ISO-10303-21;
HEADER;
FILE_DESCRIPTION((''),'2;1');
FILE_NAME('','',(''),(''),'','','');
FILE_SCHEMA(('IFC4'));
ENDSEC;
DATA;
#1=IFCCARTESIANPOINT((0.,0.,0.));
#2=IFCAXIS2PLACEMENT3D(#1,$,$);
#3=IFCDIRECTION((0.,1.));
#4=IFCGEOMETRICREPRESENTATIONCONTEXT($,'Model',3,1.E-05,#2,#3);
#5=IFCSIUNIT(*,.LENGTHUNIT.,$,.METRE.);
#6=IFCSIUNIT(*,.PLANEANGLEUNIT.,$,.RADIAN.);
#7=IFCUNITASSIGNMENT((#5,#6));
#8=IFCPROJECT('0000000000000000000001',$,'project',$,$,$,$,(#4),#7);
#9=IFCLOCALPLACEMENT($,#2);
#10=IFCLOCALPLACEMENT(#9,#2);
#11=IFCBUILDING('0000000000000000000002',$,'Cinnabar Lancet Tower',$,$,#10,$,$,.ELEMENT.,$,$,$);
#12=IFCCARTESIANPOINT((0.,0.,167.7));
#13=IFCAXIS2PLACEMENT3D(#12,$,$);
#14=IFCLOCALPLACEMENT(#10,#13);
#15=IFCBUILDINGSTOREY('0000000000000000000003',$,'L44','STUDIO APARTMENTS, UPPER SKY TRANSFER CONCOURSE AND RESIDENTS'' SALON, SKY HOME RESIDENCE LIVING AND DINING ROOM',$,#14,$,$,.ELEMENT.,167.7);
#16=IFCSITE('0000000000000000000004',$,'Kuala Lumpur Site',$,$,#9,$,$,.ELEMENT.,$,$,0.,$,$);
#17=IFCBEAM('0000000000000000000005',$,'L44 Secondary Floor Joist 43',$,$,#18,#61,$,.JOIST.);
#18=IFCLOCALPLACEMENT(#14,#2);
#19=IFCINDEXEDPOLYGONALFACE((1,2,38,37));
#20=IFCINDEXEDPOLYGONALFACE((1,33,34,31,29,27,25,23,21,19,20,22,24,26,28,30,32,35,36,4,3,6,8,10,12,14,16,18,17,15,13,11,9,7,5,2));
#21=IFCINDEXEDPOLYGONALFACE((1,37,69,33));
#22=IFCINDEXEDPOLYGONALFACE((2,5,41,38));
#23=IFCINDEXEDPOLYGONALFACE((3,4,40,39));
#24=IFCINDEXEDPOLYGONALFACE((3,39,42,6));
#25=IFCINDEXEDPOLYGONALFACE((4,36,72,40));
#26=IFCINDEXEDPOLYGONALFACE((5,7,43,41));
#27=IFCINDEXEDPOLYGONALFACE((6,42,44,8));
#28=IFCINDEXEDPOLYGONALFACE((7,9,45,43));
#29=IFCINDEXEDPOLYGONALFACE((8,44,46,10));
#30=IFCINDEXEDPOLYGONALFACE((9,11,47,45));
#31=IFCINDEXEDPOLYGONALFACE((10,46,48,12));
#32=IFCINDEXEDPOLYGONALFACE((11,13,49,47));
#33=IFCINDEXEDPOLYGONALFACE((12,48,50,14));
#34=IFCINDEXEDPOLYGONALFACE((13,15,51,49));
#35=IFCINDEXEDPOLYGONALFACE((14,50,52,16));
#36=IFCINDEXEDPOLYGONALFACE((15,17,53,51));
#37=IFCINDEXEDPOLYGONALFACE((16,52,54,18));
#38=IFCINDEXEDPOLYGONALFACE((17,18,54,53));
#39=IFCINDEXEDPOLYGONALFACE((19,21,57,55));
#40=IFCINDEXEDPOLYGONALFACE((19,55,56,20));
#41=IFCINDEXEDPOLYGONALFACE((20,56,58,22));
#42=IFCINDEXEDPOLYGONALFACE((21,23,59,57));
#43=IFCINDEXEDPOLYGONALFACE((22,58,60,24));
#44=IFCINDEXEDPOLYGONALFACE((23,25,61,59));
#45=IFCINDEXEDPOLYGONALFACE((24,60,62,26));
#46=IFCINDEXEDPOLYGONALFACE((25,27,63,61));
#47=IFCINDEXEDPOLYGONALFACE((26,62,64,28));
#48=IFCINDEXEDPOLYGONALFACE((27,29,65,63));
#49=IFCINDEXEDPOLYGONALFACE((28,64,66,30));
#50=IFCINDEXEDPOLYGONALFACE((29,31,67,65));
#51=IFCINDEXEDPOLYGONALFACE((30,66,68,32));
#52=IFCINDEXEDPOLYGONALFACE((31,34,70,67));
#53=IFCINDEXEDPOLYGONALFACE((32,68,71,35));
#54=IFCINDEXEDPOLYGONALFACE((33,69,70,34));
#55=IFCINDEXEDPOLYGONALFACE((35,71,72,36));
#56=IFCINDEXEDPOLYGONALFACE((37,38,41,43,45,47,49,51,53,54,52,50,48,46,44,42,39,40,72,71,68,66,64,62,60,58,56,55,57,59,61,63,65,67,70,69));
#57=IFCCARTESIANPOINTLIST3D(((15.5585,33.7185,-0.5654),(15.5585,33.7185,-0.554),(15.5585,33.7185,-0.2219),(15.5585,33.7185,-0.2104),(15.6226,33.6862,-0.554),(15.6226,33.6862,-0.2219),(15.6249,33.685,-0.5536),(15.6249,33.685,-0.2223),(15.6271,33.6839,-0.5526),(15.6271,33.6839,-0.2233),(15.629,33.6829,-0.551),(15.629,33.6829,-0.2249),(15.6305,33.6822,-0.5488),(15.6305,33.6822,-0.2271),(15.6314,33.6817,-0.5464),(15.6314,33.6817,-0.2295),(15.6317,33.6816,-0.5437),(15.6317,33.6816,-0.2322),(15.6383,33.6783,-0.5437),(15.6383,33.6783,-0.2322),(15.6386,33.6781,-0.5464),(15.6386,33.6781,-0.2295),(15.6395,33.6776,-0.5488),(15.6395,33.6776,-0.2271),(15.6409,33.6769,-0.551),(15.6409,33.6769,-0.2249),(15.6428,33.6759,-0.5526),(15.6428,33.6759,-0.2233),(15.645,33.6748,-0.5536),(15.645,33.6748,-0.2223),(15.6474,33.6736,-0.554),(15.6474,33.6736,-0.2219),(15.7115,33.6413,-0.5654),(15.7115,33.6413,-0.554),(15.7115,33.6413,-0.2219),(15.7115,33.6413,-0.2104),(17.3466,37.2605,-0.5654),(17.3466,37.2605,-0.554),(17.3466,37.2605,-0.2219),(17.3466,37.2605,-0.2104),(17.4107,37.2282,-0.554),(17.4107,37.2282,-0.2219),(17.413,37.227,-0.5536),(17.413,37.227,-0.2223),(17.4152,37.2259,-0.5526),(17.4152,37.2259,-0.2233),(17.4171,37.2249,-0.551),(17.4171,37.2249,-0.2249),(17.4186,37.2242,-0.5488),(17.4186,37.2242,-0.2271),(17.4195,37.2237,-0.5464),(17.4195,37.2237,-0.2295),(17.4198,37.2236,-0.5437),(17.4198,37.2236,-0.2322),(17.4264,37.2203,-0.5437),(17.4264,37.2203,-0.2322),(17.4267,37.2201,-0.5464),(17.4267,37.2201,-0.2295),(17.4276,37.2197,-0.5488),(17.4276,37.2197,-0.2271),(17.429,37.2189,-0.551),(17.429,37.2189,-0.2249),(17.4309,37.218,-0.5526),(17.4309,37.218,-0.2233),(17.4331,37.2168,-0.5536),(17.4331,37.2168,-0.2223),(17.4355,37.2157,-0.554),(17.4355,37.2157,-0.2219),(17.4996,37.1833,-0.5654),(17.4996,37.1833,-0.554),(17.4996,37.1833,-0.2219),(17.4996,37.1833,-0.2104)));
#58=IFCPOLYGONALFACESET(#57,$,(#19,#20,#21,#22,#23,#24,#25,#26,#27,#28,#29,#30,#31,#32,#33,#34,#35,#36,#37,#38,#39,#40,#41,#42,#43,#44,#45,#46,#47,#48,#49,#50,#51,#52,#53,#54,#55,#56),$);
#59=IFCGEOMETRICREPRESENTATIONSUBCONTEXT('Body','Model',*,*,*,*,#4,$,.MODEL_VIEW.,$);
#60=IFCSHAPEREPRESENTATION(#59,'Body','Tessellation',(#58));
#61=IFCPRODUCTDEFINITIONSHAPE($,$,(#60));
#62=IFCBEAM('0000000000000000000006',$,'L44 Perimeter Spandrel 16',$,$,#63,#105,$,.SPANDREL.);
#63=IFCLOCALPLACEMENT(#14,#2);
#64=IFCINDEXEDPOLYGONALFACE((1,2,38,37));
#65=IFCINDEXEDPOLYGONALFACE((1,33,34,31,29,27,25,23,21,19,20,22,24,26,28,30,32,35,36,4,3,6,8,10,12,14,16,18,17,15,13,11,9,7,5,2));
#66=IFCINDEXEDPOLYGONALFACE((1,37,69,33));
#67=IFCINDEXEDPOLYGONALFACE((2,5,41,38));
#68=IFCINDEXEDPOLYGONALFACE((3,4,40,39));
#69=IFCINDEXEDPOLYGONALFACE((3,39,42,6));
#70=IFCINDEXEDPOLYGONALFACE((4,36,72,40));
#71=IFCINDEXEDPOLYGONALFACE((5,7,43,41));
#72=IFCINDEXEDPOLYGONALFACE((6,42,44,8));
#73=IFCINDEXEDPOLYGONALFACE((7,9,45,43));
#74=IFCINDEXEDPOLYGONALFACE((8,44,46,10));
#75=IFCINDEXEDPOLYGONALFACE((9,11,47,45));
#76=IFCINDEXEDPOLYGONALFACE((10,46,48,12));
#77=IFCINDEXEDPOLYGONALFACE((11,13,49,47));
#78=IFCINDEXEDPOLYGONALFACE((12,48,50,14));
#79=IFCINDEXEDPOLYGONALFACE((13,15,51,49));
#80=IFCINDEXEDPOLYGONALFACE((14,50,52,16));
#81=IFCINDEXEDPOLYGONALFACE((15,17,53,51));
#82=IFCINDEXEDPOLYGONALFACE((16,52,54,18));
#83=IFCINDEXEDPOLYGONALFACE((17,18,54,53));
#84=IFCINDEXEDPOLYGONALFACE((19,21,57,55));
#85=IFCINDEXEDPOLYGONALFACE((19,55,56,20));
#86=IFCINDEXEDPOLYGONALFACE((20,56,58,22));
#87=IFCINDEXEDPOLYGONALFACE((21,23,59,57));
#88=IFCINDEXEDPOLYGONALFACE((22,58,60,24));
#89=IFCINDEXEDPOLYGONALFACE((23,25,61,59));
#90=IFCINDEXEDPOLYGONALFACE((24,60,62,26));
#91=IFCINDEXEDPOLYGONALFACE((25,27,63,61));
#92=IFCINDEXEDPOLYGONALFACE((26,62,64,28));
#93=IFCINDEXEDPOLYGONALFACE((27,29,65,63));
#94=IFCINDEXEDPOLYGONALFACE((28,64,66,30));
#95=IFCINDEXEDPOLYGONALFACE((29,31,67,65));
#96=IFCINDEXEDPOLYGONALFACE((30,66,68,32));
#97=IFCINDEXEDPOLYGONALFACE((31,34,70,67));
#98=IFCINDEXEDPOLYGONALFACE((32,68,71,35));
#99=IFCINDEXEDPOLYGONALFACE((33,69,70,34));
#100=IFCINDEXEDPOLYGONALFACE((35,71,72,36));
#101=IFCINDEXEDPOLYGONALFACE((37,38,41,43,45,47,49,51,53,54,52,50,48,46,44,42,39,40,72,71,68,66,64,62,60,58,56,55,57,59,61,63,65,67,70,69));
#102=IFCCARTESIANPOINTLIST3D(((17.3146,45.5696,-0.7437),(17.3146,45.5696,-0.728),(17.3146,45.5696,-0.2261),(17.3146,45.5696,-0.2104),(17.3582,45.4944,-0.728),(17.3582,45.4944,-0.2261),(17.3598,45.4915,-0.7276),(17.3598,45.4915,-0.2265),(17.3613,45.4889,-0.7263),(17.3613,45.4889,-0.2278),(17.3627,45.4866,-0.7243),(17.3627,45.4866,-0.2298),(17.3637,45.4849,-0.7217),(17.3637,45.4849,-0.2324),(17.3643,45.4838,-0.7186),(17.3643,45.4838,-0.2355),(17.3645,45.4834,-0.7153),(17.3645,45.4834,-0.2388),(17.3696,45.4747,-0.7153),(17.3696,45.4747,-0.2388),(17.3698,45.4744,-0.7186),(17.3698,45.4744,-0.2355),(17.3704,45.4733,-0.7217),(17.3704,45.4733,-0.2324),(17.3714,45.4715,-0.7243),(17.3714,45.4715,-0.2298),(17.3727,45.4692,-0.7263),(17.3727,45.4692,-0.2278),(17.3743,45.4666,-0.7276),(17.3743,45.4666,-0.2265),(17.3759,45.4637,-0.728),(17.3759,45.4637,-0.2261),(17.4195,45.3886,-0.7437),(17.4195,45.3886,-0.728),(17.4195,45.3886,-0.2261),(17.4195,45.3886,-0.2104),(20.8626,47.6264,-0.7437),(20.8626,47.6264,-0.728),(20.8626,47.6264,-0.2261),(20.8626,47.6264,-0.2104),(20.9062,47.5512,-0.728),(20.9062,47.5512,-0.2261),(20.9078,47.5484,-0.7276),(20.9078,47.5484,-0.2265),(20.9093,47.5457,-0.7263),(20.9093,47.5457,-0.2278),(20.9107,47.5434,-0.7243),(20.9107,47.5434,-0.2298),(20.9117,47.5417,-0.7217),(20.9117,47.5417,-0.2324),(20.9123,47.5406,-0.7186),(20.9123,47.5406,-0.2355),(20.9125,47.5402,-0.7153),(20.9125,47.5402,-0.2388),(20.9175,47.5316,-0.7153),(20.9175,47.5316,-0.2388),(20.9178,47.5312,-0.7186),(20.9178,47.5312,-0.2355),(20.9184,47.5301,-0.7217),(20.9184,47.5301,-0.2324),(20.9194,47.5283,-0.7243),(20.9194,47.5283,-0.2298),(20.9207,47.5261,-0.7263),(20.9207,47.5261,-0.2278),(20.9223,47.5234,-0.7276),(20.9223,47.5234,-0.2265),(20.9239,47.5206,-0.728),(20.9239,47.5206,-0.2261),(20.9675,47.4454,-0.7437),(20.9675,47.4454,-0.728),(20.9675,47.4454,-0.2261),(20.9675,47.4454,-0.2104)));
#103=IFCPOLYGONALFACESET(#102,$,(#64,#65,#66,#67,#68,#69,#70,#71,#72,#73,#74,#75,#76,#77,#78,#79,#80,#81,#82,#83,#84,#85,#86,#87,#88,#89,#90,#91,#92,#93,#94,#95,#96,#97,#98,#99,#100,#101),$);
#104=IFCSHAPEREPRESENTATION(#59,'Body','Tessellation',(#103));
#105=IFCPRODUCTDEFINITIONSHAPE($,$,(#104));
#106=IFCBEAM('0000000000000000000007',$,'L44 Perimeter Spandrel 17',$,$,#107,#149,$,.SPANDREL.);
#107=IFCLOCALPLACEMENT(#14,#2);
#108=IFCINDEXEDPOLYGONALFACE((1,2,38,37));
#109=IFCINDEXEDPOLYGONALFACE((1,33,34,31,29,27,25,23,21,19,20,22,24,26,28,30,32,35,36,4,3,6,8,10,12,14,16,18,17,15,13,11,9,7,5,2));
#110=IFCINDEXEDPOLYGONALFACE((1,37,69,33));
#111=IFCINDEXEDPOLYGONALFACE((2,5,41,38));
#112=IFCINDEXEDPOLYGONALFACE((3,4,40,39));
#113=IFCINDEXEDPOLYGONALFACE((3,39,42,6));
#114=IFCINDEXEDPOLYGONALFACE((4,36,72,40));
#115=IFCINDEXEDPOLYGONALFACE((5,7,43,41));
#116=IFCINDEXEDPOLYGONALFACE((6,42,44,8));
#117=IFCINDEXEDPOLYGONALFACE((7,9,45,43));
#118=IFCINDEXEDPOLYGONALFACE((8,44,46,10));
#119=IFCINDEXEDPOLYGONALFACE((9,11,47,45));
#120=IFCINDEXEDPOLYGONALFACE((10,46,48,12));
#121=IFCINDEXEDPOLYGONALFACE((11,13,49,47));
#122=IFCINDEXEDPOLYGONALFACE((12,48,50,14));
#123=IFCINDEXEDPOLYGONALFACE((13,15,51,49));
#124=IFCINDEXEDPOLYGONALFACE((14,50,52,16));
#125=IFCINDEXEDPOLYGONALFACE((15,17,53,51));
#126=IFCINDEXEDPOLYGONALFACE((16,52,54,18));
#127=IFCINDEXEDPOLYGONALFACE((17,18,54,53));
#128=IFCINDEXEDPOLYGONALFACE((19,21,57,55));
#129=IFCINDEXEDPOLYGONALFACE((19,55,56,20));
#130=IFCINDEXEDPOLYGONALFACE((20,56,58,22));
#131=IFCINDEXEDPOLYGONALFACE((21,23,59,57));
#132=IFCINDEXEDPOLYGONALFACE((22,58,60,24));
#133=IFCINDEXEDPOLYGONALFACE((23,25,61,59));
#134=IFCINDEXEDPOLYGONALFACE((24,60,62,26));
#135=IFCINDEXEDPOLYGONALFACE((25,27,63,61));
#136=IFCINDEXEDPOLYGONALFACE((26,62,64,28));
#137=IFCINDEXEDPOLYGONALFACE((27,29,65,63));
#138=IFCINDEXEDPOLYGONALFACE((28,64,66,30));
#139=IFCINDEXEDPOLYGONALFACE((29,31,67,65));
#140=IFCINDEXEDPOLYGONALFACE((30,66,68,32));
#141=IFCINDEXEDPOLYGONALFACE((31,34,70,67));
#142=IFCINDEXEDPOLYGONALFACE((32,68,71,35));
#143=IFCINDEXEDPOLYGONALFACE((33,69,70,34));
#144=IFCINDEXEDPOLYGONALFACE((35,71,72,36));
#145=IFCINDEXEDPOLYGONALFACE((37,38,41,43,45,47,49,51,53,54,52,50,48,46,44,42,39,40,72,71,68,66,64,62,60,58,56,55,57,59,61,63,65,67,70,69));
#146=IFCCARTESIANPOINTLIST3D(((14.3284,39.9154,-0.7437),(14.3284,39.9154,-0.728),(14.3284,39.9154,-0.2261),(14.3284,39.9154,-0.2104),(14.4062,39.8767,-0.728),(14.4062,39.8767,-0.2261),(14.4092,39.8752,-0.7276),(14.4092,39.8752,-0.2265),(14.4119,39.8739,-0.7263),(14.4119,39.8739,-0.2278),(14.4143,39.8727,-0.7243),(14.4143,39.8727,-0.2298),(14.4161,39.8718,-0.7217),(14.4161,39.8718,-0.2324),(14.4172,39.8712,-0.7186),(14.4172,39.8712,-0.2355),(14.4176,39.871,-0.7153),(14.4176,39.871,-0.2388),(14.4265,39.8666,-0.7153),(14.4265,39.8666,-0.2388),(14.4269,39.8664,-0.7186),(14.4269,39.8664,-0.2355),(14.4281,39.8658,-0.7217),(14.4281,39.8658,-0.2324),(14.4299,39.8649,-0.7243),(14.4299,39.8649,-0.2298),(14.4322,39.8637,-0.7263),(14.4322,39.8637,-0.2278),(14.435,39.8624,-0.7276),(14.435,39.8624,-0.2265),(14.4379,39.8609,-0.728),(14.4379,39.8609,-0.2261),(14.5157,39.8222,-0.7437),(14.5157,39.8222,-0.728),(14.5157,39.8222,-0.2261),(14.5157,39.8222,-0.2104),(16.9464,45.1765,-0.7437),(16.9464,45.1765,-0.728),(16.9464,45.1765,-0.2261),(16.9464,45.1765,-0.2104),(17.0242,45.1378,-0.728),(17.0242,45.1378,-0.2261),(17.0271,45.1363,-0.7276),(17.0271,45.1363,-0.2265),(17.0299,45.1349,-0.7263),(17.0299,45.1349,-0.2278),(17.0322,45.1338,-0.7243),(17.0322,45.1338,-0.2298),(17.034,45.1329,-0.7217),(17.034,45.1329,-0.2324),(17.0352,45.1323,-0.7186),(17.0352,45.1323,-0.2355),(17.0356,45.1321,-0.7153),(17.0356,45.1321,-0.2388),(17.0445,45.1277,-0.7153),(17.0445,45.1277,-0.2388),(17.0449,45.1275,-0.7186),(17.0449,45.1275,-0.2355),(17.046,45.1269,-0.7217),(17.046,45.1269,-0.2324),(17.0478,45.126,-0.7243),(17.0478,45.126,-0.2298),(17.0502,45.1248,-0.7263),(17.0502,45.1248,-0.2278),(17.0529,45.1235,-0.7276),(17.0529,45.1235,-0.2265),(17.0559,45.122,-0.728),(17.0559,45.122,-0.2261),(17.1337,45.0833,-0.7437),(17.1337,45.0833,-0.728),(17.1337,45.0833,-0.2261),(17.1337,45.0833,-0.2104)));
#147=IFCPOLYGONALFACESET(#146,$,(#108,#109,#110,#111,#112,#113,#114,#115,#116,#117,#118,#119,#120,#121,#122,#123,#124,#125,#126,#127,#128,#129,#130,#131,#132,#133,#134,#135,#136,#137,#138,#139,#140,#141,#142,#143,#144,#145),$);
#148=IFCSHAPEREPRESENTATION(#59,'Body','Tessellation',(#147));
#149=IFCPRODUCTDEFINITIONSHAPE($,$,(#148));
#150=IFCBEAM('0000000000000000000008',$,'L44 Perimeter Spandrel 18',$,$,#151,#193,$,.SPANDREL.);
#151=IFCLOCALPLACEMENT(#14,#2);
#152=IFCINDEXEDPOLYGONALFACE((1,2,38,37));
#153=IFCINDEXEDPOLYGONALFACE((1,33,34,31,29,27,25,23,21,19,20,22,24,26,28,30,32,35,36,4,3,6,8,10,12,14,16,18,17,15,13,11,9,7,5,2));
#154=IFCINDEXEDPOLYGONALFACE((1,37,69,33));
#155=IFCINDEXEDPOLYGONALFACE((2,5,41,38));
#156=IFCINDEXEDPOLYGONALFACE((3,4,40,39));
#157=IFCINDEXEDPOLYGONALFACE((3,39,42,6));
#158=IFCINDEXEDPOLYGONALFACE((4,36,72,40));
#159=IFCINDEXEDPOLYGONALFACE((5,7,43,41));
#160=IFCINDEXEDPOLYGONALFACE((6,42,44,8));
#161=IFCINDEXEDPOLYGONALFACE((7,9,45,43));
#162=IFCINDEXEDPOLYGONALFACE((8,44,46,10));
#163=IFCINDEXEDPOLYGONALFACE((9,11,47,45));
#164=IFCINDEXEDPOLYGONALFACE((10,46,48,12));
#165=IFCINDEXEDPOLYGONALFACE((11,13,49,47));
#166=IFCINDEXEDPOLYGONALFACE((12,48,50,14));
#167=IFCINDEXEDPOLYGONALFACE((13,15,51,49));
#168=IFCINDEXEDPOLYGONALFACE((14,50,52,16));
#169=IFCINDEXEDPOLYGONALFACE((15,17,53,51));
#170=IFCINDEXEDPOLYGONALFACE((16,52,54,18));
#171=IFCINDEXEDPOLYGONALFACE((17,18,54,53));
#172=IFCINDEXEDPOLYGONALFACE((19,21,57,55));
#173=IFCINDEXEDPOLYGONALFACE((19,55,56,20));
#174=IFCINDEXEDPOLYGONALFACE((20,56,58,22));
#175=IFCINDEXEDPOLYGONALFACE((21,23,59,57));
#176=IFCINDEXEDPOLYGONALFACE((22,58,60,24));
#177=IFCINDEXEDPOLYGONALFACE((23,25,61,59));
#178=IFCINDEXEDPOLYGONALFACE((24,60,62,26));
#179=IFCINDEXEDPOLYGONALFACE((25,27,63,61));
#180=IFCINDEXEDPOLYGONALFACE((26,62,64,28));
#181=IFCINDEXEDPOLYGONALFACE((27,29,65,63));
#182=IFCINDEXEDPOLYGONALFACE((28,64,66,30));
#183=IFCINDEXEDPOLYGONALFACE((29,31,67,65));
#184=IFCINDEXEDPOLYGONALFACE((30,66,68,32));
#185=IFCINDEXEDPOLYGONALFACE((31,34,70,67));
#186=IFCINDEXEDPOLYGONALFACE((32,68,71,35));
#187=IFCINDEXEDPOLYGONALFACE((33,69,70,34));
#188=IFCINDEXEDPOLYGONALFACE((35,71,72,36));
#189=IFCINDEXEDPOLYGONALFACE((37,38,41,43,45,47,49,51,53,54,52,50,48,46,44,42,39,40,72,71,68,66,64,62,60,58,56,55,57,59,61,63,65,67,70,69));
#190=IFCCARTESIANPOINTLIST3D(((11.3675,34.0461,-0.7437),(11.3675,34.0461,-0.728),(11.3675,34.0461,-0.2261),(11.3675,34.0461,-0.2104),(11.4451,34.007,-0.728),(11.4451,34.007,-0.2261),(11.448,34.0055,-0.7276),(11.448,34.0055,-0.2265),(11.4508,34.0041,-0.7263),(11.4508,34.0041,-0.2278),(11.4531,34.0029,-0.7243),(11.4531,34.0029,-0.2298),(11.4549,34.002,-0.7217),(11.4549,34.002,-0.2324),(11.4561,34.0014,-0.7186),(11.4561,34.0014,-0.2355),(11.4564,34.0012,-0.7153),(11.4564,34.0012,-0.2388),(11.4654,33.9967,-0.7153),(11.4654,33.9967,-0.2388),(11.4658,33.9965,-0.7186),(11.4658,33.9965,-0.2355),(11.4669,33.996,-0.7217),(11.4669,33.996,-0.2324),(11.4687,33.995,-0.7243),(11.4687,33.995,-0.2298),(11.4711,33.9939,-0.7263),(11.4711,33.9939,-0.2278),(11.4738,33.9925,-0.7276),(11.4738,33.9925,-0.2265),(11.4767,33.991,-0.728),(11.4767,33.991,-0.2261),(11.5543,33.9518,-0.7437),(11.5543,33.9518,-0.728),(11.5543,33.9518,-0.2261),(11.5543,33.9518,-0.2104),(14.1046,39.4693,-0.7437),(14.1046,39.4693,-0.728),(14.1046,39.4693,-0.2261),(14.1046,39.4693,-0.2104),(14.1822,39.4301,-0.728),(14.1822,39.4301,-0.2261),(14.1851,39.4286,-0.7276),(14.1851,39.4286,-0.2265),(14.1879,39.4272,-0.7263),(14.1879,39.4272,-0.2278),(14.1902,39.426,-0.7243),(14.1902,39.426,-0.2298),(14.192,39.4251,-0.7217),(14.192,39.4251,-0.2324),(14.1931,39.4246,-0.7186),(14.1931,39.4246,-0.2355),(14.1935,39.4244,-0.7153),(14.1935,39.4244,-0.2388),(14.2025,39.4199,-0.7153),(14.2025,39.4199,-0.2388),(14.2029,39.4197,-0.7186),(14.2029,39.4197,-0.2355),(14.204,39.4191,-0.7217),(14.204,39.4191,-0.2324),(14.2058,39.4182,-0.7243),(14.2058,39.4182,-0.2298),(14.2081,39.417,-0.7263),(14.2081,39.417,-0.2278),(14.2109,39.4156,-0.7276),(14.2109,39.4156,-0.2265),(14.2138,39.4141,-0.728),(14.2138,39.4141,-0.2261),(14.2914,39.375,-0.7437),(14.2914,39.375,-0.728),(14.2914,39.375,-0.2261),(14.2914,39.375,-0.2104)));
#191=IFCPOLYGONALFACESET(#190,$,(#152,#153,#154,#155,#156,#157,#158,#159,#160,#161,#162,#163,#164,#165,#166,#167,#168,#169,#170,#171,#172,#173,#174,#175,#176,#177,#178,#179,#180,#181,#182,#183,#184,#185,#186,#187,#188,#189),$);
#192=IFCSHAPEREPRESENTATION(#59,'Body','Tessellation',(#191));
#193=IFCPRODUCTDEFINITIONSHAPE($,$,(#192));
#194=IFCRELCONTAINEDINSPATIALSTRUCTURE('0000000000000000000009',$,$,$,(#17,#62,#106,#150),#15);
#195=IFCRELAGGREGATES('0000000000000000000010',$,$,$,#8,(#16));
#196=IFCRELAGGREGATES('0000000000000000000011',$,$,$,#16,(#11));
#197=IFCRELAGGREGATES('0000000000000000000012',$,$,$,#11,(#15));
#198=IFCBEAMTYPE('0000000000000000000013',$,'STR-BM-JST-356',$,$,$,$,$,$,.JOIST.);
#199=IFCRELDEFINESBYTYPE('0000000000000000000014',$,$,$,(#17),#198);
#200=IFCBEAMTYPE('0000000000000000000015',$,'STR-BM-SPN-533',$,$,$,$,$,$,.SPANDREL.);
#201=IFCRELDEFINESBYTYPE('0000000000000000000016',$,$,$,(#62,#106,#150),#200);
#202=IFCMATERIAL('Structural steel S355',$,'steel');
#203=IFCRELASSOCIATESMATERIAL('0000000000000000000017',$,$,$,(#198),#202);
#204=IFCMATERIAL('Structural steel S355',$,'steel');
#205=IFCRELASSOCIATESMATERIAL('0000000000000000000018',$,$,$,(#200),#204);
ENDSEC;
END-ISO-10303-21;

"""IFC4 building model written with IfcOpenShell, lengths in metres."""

from ifc_helpers import new_model, si_unit, direction, frame, origin, origin_2d, place, context, subcontext, project, spatial, i_section, extrude, material, material_profile, profile_set, type_object, element, save


model = new_model("IFC4")

# Units and contexts
model_context = context("Model", 3, precision=1e-05, world=origin(), true_north=direction((0.0, 1.0)))
body_context = subcontext(model_context, "Body", "Model", "MODEL_VIEW")
ifc_project = project(units=[si_unit("LENGTHUNIT", "METRE"), si_unit("PLANEANGLEUNIT", "RADIAN")], contexts=[model_context])

# Site, building, storey
site_placement = place(None, origin())
site = spatial("IfcSite", under=ifc_project, at=site_placement, Name="Kuala Lumpur Site", CompositionType="ELEMENT", RefElevation=0.0)
building_placement = place(site_placement, origin())
building = spatial("IfcBuilding", under=site, at=building_placement, Name="Cinnabar Lancet Tower", CompositionType="ELEMENT")
storey_placement = place(building_placement, frame((0.0, 0.0, 167.7)))
storey = spatial("IfcBuildingStorey", under=building, at=storey_placement, Name="L44", Description="STUDIO APARTMENTS, UPPER SKY TRANSFER CONCOURSE AND RESIDENTS' SALON, SKY HOME RESIDENCE LIVING AND DINING ROOM", CompositionType="ELEMENT", Elevation=167.7)

# Beams
ifc_material_1 = material(Name="Structural steel S355", Category="steel")
ifc_material_profile_1 = material_profile(ifc_material_1, i_section(OverallWidth=0.1714, OverallDepth=0.355, WebThickness=0.0073, FlangeThickness=0.0115, FilletRadius=0.0103, at=origin_2d()), Name="UKB 356x171x51")
ifc_profile_set_1 = profile_set([ifc_material_profile_1], Name="Structural steel S355")
beam_type_1 = type_object("IfcBeamType", Name="STR-BM-JST-356", PredefinedType="JOIST", material=ifc_profile_set_1)
beam_1_placement = place(storey_placement, frame((17.4231, 37.2219, -0.3879), z_axis=(-0.450656, -0.892698, 0.0), x_axis=(0.892698, -0.450656, 0.0)))
element("IfcBeam", 1, at=beam_1_placement, inside=storey, type_object=beam_type_1, Name="L44 Secondary Floor Joist 43", PredefinedType="JOIST", context=body_context, shape_type="SweptSolid", body=[
    extrude(i_section(OverallWidth=0.1714, OverallDepth=0.355, WebThickness=0.0073, FlangeThickness=0.0115, FilletRadius=0.0103, at=origin_2d()), origin(), (0.0, 0.0, 1.0), 3.9678),
])
ifc_material_2 = material(Name="Structural steel S355", Category="steel")
ifc_material_profile_2 = material_profile(ifc_material_2, i_section(OverallWidth=0.2092, OverallDepth=0.5332, WebThickness=0.01, FlangeThickness=0.0156, FilletRadius=0.0127, at=origin_2d()), Name="UKB 533x210x92")
ifc_profile_set_2 = profile_set([ifc_material_profile_2], Name="Structural steel S355")
beam_type_2 = type_object("IfcBeamType", Name="STR-BM-SPN-533", PredefinedType="SPANDREL", material=ifc_profile_set_2)
beam_2_placement = place(storey_placement, frame((20.915, 47.5359, -0.4771), z_axis=(-0.865138, -0.501534, 0.0), x_axis=(0.501534, -0.865138, 0.0)))
element("IfcBeam", 2, at=beam_2_placement, inside=storey, type_object=beam_type_2, Name="L44 Perimeter Spandrel 16", PredefinedType="SPANDREL", context=body_context, shape_type="SweptSolid", body=[
    extrude(i_section(OverallWidth=0.2092, OverallDepth=0.5332, WebThickness=0.01, FlangeThickness=0.0156, FilletRadius=0.0127, at=origin_2d()), origin(), (0.0, 0.0, 1.0), 4.1011),
])
beam_3_placement = place(storey_placement, frame((17.04, 45.1299, -0.4771), z_axis=(-0.445501, -0.895281, 0.0), x_axis=(0.895281, -0.445501, 0.0)))
element("IfcBeam", 3, at=beam_3_placement, inside=storey, type_object=beam_type_2, Name="L44 Perimeter Spandrel 17", PredefinedType="SPANDREL", context=body_context, shape_type="SweptSolid", body=[
    extrude(i_section(OverallWidth=0.2092, OverallDepth=0.5332, WebThickness=0.01, FlangeThickness=0.0156, FilletRadius=0.0127, at=origin_2d()), origin(), (0.0, 0.0, 1.0), 5.8765),
])
beam_4_placement = place(storey_placement, frame((14.198, 39.4221, -0.4771), z_axis=(-0.45057, -0.892741, 0.0), x_axis=(0.892741, -0.45057, 0.0)))
element("IfcBeam", 4, at=beam_4_placement, inside=storey, type_object=beam_type_2, Name="L44 Perimeter Spandrel 18", PredefinedType="SPANDREL", context=body_context, shape_type="SweptSolid", body=[
    extrude(i_section(OverallWidth=0.2092, OverallDepth=0.5332, WebThickness=0.01, FlangeThickness=0.0156, FilletRadius=0.0127, at=origin_2d()), origin(), (0.0, 0.0, 1.0), 6.0747),
])

save(model, "model.ifc")
